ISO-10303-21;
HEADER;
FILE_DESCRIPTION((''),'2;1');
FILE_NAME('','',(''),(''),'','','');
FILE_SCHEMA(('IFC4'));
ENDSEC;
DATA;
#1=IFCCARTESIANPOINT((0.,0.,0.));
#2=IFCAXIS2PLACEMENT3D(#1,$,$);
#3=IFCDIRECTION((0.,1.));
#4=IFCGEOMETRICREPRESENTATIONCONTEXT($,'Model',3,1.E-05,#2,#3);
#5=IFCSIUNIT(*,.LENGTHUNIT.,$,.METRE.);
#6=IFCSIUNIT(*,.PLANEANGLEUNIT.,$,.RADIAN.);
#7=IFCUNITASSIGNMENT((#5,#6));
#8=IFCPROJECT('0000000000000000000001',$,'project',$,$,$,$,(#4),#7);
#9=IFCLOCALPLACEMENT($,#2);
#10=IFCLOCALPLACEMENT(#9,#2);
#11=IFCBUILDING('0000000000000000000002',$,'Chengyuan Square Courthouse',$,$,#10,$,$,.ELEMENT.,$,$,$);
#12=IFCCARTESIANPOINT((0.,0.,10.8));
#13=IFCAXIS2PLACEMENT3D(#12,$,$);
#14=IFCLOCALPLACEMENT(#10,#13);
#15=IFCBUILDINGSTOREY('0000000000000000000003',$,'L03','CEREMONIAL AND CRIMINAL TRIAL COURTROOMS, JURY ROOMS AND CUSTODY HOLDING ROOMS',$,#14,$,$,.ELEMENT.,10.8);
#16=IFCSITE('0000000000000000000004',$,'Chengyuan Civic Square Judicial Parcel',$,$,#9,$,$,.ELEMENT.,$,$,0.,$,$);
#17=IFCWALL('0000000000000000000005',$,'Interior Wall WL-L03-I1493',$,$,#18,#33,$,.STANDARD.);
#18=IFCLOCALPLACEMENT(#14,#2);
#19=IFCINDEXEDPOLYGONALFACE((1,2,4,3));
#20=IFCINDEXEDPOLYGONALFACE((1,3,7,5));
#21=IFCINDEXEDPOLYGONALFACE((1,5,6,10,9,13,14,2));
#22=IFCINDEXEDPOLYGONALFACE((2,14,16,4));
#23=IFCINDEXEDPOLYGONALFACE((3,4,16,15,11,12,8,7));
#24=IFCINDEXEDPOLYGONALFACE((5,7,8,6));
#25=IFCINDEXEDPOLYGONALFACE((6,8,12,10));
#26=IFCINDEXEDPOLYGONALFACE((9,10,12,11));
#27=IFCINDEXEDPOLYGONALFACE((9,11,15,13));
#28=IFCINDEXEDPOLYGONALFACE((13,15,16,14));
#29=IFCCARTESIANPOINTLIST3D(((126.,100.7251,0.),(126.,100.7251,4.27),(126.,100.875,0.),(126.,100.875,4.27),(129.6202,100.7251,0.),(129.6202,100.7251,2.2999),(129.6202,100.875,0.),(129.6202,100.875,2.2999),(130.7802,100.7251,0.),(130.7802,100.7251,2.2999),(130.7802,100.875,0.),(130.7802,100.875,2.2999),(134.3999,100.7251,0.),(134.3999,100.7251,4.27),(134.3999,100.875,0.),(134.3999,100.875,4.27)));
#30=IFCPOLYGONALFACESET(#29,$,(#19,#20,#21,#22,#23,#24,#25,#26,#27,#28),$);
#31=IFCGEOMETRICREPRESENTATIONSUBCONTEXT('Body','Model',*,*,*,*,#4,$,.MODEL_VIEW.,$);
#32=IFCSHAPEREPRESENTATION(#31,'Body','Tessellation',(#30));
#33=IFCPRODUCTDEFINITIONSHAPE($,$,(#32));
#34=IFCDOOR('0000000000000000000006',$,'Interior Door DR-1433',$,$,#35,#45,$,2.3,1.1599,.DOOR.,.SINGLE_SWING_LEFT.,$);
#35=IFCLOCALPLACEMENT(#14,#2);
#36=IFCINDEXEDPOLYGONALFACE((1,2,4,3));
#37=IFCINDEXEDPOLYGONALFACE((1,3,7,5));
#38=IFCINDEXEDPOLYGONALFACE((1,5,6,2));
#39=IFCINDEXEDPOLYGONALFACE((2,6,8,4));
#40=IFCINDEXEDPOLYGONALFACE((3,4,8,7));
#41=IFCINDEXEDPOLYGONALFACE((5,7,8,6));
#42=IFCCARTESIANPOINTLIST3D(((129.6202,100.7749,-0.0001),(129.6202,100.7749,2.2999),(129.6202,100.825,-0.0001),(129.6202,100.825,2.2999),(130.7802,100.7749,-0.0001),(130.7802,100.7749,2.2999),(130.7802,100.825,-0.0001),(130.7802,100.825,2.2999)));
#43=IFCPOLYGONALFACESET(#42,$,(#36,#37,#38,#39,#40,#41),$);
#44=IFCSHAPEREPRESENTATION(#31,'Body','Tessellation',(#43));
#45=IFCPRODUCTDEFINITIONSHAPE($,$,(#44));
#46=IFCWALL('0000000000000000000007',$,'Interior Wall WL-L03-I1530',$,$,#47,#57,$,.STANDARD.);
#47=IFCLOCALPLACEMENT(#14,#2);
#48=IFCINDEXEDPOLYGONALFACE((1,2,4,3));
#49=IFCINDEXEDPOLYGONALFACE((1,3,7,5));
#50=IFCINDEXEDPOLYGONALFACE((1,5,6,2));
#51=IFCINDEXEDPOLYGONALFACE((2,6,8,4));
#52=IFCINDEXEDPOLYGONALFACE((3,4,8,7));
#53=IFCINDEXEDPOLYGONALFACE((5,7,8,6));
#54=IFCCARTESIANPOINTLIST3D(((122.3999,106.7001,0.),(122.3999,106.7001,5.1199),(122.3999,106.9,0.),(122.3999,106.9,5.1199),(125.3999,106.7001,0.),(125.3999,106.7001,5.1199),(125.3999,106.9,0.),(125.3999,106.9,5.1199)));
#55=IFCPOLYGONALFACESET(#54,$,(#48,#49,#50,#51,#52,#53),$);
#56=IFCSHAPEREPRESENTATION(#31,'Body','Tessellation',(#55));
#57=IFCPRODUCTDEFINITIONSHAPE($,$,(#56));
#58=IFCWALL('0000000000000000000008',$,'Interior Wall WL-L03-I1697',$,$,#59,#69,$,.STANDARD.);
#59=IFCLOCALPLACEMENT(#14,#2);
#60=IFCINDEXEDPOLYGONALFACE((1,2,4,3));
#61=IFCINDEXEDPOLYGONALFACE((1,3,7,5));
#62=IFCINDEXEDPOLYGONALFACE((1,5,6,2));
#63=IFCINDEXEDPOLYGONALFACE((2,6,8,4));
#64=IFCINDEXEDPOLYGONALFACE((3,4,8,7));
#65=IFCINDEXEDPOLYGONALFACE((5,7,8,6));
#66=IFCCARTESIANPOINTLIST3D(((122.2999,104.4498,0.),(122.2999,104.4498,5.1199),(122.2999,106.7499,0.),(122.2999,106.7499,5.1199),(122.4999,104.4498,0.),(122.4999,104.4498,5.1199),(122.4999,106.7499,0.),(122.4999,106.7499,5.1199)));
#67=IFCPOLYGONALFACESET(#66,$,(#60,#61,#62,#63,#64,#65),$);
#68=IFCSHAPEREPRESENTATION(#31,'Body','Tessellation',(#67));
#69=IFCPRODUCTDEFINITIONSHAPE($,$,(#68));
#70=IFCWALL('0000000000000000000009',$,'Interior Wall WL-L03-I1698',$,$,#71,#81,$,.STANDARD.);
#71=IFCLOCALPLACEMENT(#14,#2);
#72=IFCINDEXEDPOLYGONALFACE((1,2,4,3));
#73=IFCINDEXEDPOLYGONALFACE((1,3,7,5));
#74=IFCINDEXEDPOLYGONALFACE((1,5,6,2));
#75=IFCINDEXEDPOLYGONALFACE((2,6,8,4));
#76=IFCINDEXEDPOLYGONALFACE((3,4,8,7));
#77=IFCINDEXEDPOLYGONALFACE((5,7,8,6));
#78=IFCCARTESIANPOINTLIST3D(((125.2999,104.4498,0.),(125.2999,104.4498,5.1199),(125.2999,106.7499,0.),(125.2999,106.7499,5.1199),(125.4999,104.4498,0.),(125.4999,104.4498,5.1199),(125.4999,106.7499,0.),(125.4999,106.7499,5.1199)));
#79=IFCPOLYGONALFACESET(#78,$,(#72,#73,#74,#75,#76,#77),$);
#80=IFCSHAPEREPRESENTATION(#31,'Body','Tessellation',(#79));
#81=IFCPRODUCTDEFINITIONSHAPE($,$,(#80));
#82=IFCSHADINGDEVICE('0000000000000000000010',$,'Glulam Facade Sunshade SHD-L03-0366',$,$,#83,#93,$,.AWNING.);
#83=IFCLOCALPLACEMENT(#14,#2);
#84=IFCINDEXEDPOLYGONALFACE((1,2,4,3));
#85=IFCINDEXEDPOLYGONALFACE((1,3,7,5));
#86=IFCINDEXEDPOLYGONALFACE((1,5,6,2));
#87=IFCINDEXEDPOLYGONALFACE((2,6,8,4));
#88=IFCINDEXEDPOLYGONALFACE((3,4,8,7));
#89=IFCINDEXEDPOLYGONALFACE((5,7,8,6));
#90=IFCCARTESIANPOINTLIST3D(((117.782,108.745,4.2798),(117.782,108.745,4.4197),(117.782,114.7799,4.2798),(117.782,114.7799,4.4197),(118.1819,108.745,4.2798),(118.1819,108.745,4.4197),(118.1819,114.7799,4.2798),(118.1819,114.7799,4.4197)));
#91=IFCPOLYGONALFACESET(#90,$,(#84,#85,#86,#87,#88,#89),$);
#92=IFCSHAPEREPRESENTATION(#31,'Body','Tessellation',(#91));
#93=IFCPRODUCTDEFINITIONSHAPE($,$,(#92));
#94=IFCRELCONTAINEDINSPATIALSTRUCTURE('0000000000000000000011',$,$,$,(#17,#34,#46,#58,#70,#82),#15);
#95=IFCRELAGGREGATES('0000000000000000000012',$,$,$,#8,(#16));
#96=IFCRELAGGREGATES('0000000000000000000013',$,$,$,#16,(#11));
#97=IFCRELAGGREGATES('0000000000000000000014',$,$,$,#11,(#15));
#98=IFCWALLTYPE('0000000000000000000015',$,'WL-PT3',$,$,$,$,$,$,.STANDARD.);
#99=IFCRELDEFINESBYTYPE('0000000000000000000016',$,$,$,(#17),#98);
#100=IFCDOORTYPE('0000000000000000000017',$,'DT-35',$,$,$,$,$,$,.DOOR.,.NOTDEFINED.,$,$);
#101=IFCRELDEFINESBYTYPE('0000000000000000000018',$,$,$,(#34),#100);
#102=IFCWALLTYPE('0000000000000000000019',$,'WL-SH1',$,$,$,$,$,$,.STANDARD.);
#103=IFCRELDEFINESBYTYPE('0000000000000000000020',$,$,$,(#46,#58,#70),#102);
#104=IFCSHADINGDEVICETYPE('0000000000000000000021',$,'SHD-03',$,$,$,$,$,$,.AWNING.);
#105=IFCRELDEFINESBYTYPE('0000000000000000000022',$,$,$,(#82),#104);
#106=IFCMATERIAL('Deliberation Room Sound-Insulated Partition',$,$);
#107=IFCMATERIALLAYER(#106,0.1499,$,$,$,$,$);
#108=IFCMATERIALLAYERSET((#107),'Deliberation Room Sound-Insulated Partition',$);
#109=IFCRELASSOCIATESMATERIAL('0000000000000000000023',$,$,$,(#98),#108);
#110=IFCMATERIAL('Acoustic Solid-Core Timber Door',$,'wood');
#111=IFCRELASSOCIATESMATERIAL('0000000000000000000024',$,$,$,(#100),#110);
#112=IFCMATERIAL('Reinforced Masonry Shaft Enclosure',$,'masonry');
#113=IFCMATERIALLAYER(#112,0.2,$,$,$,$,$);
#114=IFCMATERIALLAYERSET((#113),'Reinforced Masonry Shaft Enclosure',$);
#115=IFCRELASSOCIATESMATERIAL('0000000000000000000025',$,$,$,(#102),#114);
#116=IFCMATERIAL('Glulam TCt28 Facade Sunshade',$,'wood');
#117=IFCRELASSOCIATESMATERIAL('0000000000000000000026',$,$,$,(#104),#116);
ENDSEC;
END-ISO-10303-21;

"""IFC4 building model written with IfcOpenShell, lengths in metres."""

from ifc_helpers import new_model, si_unit, direction, frame, frame_2d, origin, origin_2d, place, context, subcontext, project, spatial, rectangle, extrude, material, layer, layer_set, type_object, element, fill, save


model = new_model("IFC4")

# Units and contexts
model_context = context("Model", 3, precision=1e-05, world=origin(), true_north=direction((0.0, 1.0)))
body_context = subcontext(model_context, "Body", "Model", "MODEL_VIEW")
ifc_project = project(units=[si_unit("LENGTHUNIT", "METRE"), si_unit("PLANEANGLEUNIT", "RADIAN")], contexts=[model_context])

# Site, building, storey
site_placement = place(None, origin())
site = spatial("IfcSite", under=ifc_project, at=site_placement, Name="Chengyuan Civic Square Judicial Parcel", CompositionType="ELEMENT", RefElevation=0.0)
building_placement = place(site_placement, origin())
building = spatial("IfcBuilding", under=site, at=building_placement, Name="Chengyuan Square Courthouse", CompositionType="ELEMENT")
storey_placement = place(building_placement, frame((0.0, 0.0, 10.8)))
storey = spatial("IfcBuildingStorey", under=building, at=storey_placement, Name="L03", Description="CEREMONIAL AND CRIMINAL TRIAL COURTROOMS, JURY ROOMS AND CUSTODY HOLDING ROOMS", CompositionType="ELEMENT", Elevation=10.8)

# Wall, opening, door
ifc_material_1 = material(Name="Deliberation Room Sound-Insulated Partition")
ifc_layer_1 = layer(ifc_material_1, 0.1499)
ifc_layer_set_1 = layer_set([ifc_layer_1], Name="Deliberation Room Sound-Insulated Partition")
wall_type_1 = type_object("IfcWallType", Name="WL-PT3", PredefinedType="STANDARD", material=ifc_layer_set_1)
ifc_material_2 = material(Name="Acoustic Solid-Core Timber Door", Category="wood")
wall_1_placement = place(storey_placement, frame((126.0, 100.8, 0.0), z_axis=(0.0, 0.0, 1.0), x_axis=(1.0, 0.0, 0.0)))
wall_1 = element("IfcWall", 1, at=wall_1_placement, inside=storey, type_object=wall_type_1, Name="Interior Wall WL-L03-I1493", PredefinedType="STANDARD", context=body_context, shape_type="SweptSolid", body=[
    extrude(rectangle(XDim=8.3999, YDim=0.1499, at=frame_2d((4.2, 0.0))), origin(), (0.0, 0.0, 1.0), 4.27),
])
opening_1_placement = place(wall_1_placement, frame((3.6201, 0.0, 0.0)))
opening_1 = element("IfcOpeningElement", 2, at=opening_1_placement, cuts=wall_1, PredefinedType="OPENING", context=body_context, shape_type="SweptSolid", body=[
    extrude(rectangle(XDim=1.1599, YDim=2.3, at=frame_2d((0.5801, 1.1499))), frame((0.0, 0.0869, 0.0), z_axis=(0.0, -1.0, 0.0), x_axis=(1.0, 0.0, 0.0)), (0.0, 0.0, 1.0), 0.1738),
])
door_type_1 = type_object("IfcDoorType", Name="DT-35", OperationType="NOTDEFINED", PredefinedType="DOOR", material=ifc_material_2)
door_1_placement = place(opening_1_placement, origin())
door_1 = element("IfcDoor", 3, at=door_1_placement, inside=storey, type_object=door_type_1, Name="Interior Door DR-1433", OperationType="SINGLE_SWING_LEFT", OverallHeight=2.3, OverallWidth=1.1599, PredefinedType="DOOR", context=body_context, shape_type="SweptSolid", body=[
    extrude(rectangle(XDim=1.1599, YDim=2.3, at=frame_2d((0.5801, 1.1499))), frame((0.0, 0.0249, 0.0), z_axis=(0.0, -1.0, 0.0), x_axis=(1.0, 0.0, 0.0)), (0.0, 0.0, 1.0), 0.05),
])
fill(opening_1, door_1)
ifc_material_3 = material(Name="Reinforced Masonry Shaft Enclosure", Category="masonry")
ifc_layer_2 = layer(ifc_material_3, 0.2)
ifc_layer_set_2 = layer_set([ifc_layer_2], Name="Reinforced Masonry Shaft Enclosure")
wall_type_2 = type_object("IfcWallType", Name="WL-SH1", PredefinedType="STANDARD", material=ifc_layer_set_2)

# Walls
wall_2_placement = place(storey_placement, frame((122.3999, 106.8, 0.0), z_axis=(0.0, 0.0, 1.0), x_axis=(1.0, 0.0, 0.0)))
element("IfcWall", 4, at=wall_2_placement, inside=storey, type_object=wall_type_2, Name="Interior Wall WL-L03-I1530", PredefinedType="STANDARD", context=body_context, shape_type="SweptSolid", body=[
    extrude(rectangle(XDim=3.0, YDim=0.2, at=frame_2d((1.5, 0.0))), origin(), (0.0, 0.0, 1.0), 5.1199),
])
for number, where, z_axis, x_axis, name in (
    (5, (122.3999, 104.45, 0.0), (0.0, 0.0, 1.0), (0.0, 1.0, 0.0), "Interior Wall WL-L03-I1697"),
    (6, (125.3999, 104.45, 0.0), (0.0, 0.0, 1.0), (0.0, 1.0, 0.0), "Interior Wall WL-L03-I1698"),
):
    element("IfcWall", number, at=place(storey_placement, frame(where, z_axis=z_axis, x_axis=x_axis)), inside=storey, type_object=wall_type_2, Name=name, PredefinedType="STANDARD", context=body_context, shape_type="SweptSolid", body=[
        extrude(rectangle(XDim=2.3, YDim=0.2, at=frame_2d((1.1499, 0.0))), origin(), (0.0, 0.0, 1.0), 5.1199),
    ])

# Shading device
ifc_material_4 = material(Name="Glulam TCt28 Facade Sunshade", Category="wood")
shading_device_type = type_object("IfcShadingDeviceType", Name="SHD-03", PredefinedType="AWNING", material=ifc_material_4)
shading_device_placement = place(storey_placement, frame((117.9819, 111.7625, 4.2798), z_axis=(0.0, 0.0, 1.0), x_axis=(0.0, 1.0, 0.0)))
element("IfcShadingDevice", 7, at=shading_device_placement, inside=storey, type_object=shading_device_type, Name="Glulam Facade Sunshade SHD-L03-0366", PredefinedType="AWNING", context=body_context, shape_type="SweptSolid", body=[
    extrude(rectangle(XDim=6.0349, YDim=0.3999, at=origin_2d()), origin(), (0.0, 0.0, 1.0), 0.1399),
])

save(model, "model.ifc")
